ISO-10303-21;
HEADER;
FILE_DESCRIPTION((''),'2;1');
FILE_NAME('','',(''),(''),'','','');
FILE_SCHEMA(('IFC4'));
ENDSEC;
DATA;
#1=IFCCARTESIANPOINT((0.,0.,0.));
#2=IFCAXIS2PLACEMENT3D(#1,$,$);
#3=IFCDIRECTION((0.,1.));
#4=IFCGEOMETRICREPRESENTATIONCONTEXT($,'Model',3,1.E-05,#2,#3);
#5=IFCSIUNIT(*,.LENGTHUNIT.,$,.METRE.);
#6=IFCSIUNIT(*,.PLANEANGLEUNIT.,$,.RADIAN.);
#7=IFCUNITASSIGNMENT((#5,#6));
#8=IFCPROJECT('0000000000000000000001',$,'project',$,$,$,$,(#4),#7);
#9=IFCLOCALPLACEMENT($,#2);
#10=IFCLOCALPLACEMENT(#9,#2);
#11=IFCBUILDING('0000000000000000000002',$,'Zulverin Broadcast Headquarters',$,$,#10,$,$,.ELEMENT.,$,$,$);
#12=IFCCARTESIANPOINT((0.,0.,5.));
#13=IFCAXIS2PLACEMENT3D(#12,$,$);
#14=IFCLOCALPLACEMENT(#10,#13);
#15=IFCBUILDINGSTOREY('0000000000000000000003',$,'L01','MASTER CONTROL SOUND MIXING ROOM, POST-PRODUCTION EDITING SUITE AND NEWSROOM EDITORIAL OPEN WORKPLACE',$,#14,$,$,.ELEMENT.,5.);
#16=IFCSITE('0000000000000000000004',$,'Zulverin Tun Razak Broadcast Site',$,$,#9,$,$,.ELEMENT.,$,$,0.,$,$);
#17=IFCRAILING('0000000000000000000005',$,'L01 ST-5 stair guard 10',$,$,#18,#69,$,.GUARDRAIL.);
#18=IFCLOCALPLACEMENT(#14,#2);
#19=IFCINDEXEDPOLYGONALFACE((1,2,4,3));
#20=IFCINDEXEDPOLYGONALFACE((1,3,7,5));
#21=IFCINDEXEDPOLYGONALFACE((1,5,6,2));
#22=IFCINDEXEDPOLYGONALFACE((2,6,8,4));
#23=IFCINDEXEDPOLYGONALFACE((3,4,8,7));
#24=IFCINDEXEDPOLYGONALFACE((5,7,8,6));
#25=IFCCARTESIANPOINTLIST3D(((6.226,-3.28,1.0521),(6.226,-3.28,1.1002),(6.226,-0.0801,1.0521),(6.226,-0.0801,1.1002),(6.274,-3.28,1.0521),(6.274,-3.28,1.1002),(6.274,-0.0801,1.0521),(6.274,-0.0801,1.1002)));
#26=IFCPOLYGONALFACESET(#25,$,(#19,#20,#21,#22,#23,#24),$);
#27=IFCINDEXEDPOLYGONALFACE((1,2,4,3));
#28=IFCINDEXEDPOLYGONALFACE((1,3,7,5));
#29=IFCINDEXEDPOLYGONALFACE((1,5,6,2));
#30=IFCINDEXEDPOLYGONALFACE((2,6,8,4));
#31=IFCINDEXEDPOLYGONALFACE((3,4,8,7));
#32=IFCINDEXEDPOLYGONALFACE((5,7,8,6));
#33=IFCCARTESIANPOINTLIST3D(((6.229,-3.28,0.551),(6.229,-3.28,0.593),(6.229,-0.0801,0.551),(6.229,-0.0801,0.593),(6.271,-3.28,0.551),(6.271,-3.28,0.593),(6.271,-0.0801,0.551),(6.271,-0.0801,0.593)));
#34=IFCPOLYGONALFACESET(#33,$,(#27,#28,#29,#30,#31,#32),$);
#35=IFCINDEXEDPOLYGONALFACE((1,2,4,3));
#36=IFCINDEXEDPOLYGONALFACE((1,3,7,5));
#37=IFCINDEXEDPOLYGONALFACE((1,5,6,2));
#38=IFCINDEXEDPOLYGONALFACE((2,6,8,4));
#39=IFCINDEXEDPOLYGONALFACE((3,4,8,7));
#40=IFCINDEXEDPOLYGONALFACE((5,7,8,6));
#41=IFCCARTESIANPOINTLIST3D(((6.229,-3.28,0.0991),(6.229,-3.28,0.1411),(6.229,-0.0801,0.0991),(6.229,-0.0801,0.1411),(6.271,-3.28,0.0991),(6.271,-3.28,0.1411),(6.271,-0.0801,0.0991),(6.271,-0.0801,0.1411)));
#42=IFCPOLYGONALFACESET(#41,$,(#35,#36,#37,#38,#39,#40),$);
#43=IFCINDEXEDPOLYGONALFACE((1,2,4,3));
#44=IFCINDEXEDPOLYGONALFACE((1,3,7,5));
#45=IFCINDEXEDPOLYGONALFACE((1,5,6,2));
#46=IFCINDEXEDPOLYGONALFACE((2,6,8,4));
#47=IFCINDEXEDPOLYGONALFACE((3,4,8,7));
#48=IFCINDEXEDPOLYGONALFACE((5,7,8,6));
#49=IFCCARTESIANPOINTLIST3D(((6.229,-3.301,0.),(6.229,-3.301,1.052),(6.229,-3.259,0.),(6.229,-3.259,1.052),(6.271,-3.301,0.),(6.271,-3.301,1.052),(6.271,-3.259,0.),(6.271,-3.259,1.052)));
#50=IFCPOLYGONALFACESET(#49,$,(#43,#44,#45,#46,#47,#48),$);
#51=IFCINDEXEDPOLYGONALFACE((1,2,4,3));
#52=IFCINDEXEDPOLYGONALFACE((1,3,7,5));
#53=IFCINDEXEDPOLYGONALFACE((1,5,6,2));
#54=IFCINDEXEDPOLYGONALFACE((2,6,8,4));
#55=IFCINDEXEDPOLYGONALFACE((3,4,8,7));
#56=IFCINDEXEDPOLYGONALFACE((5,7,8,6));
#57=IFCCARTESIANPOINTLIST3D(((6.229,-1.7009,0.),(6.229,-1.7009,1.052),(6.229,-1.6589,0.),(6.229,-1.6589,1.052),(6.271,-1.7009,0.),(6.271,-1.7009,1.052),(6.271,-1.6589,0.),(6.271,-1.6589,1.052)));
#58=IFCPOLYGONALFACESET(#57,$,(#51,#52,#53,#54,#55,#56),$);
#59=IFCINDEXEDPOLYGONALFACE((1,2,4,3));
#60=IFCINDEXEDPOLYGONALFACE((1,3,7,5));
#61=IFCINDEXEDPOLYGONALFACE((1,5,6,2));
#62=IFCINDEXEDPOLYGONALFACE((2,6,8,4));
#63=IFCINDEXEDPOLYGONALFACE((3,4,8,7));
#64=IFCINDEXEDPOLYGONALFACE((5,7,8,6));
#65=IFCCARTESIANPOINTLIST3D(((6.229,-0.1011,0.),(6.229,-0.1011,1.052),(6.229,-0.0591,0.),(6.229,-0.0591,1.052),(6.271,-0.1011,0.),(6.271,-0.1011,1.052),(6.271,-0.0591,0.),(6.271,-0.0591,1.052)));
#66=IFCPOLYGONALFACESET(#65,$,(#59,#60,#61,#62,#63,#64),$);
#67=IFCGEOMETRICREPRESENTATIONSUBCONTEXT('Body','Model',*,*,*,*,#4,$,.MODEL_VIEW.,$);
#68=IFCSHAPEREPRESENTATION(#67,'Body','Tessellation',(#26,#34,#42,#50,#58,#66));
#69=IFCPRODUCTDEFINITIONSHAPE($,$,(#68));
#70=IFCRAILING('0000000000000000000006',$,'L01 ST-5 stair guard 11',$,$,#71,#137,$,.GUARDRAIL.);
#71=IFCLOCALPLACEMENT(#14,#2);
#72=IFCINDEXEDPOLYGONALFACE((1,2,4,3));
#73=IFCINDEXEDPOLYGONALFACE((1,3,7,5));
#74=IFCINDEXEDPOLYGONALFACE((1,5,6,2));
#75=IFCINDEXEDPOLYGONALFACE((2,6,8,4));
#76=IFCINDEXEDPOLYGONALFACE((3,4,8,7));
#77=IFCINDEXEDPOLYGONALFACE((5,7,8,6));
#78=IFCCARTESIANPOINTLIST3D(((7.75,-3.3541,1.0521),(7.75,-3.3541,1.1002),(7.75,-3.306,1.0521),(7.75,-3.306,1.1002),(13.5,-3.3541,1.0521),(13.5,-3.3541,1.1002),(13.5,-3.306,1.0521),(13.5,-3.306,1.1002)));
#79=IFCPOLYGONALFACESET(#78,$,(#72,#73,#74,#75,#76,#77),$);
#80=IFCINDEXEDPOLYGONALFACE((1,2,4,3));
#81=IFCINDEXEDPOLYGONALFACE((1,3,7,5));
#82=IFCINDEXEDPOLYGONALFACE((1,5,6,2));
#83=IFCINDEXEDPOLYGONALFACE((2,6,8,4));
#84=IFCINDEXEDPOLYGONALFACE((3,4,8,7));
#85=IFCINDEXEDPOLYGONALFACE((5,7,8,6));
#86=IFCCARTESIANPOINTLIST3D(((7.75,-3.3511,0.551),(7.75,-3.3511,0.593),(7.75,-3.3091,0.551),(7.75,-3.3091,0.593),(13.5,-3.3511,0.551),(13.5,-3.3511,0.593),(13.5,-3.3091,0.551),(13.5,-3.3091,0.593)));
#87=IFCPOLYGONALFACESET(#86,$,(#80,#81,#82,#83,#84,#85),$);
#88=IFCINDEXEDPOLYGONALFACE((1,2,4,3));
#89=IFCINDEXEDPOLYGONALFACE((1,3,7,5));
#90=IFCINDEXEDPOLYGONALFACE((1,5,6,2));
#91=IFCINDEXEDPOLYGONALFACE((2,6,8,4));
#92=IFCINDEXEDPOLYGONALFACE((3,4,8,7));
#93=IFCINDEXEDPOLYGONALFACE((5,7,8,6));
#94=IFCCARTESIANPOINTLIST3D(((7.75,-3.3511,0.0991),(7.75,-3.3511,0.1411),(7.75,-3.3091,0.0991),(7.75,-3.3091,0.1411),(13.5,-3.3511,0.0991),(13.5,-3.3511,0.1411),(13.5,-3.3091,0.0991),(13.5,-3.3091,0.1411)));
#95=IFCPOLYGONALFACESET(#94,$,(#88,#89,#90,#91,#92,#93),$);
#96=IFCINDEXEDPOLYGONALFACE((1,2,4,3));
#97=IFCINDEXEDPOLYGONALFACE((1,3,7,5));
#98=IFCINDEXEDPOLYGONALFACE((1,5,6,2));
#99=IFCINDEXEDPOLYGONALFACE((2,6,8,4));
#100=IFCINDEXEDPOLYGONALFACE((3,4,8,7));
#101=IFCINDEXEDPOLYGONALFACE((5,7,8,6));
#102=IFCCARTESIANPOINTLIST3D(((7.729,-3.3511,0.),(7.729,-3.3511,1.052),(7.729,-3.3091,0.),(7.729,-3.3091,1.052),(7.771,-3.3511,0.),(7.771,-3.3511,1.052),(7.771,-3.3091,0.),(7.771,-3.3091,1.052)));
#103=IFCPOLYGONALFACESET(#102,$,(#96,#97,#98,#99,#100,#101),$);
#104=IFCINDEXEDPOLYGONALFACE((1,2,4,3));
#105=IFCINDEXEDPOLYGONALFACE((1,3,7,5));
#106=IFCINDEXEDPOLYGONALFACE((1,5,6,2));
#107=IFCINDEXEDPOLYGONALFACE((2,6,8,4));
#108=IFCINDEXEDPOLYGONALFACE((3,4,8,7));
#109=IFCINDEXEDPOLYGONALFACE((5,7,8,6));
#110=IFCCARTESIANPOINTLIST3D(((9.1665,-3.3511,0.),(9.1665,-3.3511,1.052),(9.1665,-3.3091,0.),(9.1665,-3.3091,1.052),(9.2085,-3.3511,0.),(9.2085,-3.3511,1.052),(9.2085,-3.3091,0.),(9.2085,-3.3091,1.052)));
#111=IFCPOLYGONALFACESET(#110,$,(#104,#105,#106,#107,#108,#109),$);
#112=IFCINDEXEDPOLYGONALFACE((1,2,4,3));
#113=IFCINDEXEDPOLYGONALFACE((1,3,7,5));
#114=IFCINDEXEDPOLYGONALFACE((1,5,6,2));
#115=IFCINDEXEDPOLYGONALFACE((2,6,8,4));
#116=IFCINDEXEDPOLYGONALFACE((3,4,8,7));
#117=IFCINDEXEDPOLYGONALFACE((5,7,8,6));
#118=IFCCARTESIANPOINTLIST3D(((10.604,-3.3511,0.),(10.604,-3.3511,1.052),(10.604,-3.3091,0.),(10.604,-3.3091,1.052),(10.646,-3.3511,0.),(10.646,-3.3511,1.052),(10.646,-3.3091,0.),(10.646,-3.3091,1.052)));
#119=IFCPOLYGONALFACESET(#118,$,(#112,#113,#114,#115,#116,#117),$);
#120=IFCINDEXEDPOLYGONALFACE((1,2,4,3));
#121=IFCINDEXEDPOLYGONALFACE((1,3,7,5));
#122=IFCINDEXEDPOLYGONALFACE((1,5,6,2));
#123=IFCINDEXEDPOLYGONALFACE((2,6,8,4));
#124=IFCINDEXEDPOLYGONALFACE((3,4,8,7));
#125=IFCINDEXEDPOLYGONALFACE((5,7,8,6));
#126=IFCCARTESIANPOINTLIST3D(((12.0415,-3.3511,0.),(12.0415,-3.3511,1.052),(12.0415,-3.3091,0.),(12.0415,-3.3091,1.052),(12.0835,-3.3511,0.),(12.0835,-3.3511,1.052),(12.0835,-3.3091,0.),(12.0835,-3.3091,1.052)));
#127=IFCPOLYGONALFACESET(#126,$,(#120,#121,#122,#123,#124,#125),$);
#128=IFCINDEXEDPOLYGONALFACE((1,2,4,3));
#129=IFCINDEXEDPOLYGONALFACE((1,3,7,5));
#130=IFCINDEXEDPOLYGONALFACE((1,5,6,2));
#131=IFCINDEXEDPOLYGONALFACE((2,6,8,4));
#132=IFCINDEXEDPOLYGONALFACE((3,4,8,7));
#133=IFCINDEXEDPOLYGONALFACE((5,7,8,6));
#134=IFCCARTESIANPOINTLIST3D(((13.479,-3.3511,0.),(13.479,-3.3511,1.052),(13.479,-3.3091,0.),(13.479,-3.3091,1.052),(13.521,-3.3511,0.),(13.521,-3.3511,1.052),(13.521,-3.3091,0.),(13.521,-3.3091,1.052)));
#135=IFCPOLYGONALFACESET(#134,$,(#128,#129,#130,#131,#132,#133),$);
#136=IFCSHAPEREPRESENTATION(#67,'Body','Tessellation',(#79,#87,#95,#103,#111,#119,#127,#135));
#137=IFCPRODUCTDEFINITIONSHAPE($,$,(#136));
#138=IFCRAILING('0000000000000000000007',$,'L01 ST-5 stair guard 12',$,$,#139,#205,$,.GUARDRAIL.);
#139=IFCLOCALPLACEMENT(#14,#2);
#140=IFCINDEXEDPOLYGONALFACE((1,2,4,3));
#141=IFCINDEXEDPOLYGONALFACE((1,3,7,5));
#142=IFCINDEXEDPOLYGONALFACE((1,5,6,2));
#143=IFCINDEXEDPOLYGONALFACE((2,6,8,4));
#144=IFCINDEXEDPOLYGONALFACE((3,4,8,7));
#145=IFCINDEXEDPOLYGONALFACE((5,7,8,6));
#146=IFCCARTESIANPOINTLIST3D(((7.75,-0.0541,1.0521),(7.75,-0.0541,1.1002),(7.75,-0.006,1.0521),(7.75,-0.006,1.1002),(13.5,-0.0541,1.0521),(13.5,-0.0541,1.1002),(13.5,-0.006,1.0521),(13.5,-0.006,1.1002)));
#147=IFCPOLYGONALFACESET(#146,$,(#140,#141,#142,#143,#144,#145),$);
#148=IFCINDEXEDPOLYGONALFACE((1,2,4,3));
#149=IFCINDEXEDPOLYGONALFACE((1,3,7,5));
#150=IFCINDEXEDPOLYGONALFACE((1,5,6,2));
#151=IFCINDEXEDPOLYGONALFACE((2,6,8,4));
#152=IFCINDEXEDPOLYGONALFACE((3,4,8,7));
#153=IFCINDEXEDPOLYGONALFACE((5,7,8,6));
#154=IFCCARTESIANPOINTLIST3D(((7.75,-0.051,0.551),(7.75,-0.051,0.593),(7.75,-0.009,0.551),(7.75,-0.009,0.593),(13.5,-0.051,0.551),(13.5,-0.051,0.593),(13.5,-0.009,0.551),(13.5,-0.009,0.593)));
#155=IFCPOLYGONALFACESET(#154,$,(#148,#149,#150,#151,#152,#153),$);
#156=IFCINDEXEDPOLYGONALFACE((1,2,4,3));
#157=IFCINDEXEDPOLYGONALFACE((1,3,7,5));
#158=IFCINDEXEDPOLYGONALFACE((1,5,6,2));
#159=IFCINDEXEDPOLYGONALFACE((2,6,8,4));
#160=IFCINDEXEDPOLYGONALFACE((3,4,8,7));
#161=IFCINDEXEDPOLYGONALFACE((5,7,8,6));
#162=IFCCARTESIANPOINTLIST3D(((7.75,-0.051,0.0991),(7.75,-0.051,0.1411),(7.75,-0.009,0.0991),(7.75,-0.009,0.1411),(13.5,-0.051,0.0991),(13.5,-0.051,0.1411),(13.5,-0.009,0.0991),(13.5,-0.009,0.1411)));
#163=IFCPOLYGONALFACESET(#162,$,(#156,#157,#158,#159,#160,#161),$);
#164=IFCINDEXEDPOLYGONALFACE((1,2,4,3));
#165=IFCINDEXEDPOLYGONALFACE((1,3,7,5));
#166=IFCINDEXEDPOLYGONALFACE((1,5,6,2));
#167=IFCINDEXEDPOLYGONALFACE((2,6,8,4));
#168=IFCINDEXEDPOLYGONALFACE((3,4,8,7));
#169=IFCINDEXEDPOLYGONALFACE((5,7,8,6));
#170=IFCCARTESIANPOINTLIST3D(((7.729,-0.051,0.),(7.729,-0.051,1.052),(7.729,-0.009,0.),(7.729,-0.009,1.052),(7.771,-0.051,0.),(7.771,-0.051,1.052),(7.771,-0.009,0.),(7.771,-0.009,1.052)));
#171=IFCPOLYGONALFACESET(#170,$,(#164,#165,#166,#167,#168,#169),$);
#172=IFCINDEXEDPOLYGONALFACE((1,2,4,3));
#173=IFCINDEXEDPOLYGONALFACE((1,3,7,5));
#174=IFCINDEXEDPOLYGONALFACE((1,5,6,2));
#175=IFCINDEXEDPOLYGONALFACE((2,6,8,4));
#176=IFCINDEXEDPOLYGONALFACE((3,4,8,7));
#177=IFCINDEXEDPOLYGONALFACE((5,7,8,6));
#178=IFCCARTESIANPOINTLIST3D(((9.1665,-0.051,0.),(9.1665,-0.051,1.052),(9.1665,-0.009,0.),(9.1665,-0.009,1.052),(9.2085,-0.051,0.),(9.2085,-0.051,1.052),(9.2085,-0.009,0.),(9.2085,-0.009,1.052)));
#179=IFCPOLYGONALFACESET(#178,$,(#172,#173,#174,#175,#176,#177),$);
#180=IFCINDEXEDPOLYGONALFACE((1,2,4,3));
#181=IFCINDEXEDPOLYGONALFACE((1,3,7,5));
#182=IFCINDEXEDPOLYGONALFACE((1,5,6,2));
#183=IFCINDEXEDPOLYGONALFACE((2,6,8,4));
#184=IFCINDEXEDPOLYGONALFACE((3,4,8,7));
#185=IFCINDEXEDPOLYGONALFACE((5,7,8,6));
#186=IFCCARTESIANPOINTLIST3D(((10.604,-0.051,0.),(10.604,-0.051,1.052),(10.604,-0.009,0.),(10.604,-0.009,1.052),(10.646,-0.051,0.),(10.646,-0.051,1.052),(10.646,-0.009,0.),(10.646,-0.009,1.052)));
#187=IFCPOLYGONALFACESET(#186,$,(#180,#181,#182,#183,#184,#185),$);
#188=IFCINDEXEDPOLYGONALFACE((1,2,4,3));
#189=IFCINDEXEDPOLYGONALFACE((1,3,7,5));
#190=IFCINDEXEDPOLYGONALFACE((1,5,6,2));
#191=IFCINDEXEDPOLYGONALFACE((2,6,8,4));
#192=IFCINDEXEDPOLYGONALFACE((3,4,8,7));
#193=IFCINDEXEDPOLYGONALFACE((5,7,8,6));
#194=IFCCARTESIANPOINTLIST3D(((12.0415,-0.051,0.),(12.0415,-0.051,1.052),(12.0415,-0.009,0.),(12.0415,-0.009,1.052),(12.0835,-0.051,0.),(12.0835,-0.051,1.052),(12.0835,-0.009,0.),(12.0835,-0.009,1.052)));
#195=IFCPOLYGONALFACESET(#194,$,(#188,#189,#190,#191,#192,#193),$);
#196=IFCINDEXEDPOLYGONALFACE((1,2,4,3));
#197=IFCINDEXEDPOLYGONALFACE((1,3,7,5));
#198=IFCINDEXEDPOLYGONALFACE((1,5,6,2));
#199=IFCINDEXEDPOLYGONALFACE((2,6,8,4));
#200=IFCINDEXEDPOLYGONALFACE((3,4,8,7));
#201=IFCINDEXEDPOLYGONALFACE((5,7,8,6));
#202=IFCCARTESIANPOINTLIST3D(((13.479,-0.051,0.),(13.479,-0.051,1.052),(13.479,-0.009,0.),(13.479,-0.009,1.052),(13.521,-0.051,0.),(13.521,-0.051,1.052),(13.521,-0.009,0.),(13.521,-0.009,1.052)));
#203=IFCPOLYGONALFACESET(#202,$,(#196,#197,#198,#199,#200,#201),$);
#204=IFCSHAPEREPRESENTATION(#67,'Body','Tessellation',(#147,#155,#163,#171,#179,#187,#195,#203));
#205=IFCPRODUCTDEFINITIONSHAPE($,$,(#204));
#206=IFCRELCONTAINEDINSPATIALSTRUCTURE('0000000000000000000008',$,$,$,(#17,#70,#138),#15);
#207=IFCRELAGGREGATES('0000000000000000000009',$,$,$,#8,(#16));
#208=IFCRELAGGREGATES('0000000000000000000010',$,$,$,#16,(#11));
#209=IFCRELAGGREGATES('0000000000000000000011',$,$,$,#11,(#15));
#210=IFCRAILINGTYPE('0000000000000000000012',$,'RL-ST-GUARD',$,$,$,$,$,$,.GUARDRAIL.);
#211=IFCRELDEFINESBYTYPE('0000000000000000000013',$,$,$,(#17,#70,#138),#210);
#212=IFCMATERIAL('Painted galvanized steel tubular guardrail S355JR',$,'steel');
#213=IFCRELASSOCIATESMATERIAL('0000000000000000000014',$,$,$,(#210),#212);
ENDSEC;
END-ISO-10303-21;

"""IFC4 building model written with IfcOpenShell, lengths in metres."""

from ifc_helpers import new_model, si_unit, direction, frame, origin, origin_2d, place, context, subcontext, project, spatial, rectangle, extrude, material, type_object, element, save


model = new_model("IFC4")

# Units and contexts
model_context = context("Model", 3, precision=1e-05, world=origin(), true_north=direction((0.0, 1.0)))
body_context = subcontext(model_context, "Body", "Model", "MODEL_VIEW")
ifc_project = project(units=[si_unit("LENGTHUNIT", "METRE"), si_unit("PLANEANGLEUNIT", "RADIAN")], contexts=[model_context])

# Site, building, storey
site_placement = place(None, origin())
site = spatial("IfcSite", under=ifc_project, at=site_placement, Name="Zulverin Tun Razak Broadcast Site", CompositionType="ELEMENT", RefElevation=0.0)
building_placement = place(site_placement, origin())
building = spatial("IfcBuilding", under=site, at=building_placement, Name="Zulverin Broadcast Headquarters", CompositionType="ELEMENT")
storey_placement = place(building_placement, frame((0.0, 0.0, 5.0)))
storey = spatial("IfcBuildingStorey", under=building, at=storey_placement, Name="L01", Description="MASTER CONTROL SOUND MIXING ROOM, POST-PRODUCTION EDITING SUITE AND NEWSROOM EDITORIAL OPEN WORKPLACE", CompositionType="ELEMENT", Elevation=5.0)

# Railings
ifc_material_1 = material(Name="Painted galvanized steel tubular guardrail S355JR", Category="steel")
railing_type_1 = type_object("IfcRailingType", Name="RL-ST-GUARD", PredefinedType="GUARDRAIL", material=ifc_material_1)
railing_1_placement = place(storey_placement, frame((6.25, -3.28, 0.0)))
element("IfcRailing", 1, at=railing_1_placement, inside=storey, type_object=railing_type_1, Name="L01 ST-5 stair guard 10", PredefinedType="GUARDRAIL", context=body_context, shape_type="SweptSolid", body=[
    extrude(rectangle(XDim=0.0481, YDim=0.0481, at=origin_2d()), frame((0.0, 0.0, 1.0762), z_axis=(0.0, 1.0, 0.0), x_axis=(-1.0, 0.0, 0.0)), (0.0, 0.0, 1.0), 3.2),
    extrude(rectangle(XDim=0.042, YDim=0.042, at=origin_2d()), frame((0.0, 0.0, 0.572), z_axis=(0.0, 1.0, 0.0), x_axis=(-1.0, 0.0, 0.0)), (0.0, 0.0, 1.0), 3.2),
    extrude(rectangle(XDim=0.042, YDim=0.042, at=origin_2d()), frame((0.0, 0.0, 0.1201), z_axis=(0.0, 1.0, 0.0), x_axis=(-1.0, 0.0, 0.0)), (0.0, 0.0, 1.0), 3.2),
    extrude(rectangle(XDim=0.042, YDim=0.042, at=origin_2d()), origin(), (0.0, 0.0, 1.0), 1.052),
    extrude(rectangle(XDim=0.042, YDim=0.042, at=origin_2d()), frame((0.0, 1.6001, 0.0)), (0.0, 0.0, 1.0), 1.052),
    extrude(rectangle(XDim=0.042, YDim=0.042, at=origin_2d()), frame((0.0, 3.2, 0.0)), (0.0, 0.0, 1.0), 1.052),
])
for number, where, name in (
    (2, (7.75, -3.3301, 0.0), "L01 ST-5 stair guard 11"),
    (3, (7.75, -0.03, 0.0), "L01 ST-5 stair guard 12"),
):
    element("IfcRailing", number, at=place(storey_placement, frame(where)), inside=storey, type_object=railing_type_1, Name=name, PredefinedType="GUARDRAIL", context=body_context, shape_type="SweptSolid", body=[
        extrude(rectangle(XDim=0.0481, YDim=0.0481, at=origin_2d()), frame((0.0, 0.0, 1.0762), z_axis=(1.0, 0.0, 0.0), x_axis=(0.0, 1.0, 0.0)), (0.0, 0.0, 1.0), 5.75),
        extrude(rectangle(XDim=0.042, YDim=0.042, at=origin_2d()), frame((0.0, 0.0, 0.572), z_axis=(1.0, 0.0, 0.0), x_axis=(0.0, 1.0, 0.0)), (0.0, 0.0, 1.0), 5.75),
        extrude(rectangle(XDim=0.042, YDim=0.042, at=origin_2d()), frame((0.0, 0.0, 0.1201), z_axis=(1.0, 0.0, 0.0), x_axis=(0.0, 1.0, 0.0)), (0.0, 0.0, 1.0), 5.75),
        extrude(rectangle(XDim=0.042, YDim=0.042, at=origin_2d()), origin(), (0.0, 0.0, 1.0), 1.052),
        extrude(rectangle(XDim=0.042, YDim=0.042, at=origin_2d()), frame((1.4375, 0.0, 0.0)), (0.0, 0.0, 1.0), 1.052),
        extrude(rectangle(XDim=0.042, YDim=0.042, at=origin_2d()), frame((2.875, 0.0, 0.0)), (0.0, 0.0, 1.0), 1.052),
        extrude(rectangle(XDim=0.042, YDim=0.042, at=origin_2d()), frame((4.3125, 0.0, 0.0)), (0.0, 0.0, 1.0), 1.052),
        extrude(rectangle(XDim=0.042, YDim=0.042, at=origin_2d()), frame((5.75, 0.0, 0.0)), (0.0, 0.0, 1.0), 1.052),
    ])

save(model, "model.ifc")
